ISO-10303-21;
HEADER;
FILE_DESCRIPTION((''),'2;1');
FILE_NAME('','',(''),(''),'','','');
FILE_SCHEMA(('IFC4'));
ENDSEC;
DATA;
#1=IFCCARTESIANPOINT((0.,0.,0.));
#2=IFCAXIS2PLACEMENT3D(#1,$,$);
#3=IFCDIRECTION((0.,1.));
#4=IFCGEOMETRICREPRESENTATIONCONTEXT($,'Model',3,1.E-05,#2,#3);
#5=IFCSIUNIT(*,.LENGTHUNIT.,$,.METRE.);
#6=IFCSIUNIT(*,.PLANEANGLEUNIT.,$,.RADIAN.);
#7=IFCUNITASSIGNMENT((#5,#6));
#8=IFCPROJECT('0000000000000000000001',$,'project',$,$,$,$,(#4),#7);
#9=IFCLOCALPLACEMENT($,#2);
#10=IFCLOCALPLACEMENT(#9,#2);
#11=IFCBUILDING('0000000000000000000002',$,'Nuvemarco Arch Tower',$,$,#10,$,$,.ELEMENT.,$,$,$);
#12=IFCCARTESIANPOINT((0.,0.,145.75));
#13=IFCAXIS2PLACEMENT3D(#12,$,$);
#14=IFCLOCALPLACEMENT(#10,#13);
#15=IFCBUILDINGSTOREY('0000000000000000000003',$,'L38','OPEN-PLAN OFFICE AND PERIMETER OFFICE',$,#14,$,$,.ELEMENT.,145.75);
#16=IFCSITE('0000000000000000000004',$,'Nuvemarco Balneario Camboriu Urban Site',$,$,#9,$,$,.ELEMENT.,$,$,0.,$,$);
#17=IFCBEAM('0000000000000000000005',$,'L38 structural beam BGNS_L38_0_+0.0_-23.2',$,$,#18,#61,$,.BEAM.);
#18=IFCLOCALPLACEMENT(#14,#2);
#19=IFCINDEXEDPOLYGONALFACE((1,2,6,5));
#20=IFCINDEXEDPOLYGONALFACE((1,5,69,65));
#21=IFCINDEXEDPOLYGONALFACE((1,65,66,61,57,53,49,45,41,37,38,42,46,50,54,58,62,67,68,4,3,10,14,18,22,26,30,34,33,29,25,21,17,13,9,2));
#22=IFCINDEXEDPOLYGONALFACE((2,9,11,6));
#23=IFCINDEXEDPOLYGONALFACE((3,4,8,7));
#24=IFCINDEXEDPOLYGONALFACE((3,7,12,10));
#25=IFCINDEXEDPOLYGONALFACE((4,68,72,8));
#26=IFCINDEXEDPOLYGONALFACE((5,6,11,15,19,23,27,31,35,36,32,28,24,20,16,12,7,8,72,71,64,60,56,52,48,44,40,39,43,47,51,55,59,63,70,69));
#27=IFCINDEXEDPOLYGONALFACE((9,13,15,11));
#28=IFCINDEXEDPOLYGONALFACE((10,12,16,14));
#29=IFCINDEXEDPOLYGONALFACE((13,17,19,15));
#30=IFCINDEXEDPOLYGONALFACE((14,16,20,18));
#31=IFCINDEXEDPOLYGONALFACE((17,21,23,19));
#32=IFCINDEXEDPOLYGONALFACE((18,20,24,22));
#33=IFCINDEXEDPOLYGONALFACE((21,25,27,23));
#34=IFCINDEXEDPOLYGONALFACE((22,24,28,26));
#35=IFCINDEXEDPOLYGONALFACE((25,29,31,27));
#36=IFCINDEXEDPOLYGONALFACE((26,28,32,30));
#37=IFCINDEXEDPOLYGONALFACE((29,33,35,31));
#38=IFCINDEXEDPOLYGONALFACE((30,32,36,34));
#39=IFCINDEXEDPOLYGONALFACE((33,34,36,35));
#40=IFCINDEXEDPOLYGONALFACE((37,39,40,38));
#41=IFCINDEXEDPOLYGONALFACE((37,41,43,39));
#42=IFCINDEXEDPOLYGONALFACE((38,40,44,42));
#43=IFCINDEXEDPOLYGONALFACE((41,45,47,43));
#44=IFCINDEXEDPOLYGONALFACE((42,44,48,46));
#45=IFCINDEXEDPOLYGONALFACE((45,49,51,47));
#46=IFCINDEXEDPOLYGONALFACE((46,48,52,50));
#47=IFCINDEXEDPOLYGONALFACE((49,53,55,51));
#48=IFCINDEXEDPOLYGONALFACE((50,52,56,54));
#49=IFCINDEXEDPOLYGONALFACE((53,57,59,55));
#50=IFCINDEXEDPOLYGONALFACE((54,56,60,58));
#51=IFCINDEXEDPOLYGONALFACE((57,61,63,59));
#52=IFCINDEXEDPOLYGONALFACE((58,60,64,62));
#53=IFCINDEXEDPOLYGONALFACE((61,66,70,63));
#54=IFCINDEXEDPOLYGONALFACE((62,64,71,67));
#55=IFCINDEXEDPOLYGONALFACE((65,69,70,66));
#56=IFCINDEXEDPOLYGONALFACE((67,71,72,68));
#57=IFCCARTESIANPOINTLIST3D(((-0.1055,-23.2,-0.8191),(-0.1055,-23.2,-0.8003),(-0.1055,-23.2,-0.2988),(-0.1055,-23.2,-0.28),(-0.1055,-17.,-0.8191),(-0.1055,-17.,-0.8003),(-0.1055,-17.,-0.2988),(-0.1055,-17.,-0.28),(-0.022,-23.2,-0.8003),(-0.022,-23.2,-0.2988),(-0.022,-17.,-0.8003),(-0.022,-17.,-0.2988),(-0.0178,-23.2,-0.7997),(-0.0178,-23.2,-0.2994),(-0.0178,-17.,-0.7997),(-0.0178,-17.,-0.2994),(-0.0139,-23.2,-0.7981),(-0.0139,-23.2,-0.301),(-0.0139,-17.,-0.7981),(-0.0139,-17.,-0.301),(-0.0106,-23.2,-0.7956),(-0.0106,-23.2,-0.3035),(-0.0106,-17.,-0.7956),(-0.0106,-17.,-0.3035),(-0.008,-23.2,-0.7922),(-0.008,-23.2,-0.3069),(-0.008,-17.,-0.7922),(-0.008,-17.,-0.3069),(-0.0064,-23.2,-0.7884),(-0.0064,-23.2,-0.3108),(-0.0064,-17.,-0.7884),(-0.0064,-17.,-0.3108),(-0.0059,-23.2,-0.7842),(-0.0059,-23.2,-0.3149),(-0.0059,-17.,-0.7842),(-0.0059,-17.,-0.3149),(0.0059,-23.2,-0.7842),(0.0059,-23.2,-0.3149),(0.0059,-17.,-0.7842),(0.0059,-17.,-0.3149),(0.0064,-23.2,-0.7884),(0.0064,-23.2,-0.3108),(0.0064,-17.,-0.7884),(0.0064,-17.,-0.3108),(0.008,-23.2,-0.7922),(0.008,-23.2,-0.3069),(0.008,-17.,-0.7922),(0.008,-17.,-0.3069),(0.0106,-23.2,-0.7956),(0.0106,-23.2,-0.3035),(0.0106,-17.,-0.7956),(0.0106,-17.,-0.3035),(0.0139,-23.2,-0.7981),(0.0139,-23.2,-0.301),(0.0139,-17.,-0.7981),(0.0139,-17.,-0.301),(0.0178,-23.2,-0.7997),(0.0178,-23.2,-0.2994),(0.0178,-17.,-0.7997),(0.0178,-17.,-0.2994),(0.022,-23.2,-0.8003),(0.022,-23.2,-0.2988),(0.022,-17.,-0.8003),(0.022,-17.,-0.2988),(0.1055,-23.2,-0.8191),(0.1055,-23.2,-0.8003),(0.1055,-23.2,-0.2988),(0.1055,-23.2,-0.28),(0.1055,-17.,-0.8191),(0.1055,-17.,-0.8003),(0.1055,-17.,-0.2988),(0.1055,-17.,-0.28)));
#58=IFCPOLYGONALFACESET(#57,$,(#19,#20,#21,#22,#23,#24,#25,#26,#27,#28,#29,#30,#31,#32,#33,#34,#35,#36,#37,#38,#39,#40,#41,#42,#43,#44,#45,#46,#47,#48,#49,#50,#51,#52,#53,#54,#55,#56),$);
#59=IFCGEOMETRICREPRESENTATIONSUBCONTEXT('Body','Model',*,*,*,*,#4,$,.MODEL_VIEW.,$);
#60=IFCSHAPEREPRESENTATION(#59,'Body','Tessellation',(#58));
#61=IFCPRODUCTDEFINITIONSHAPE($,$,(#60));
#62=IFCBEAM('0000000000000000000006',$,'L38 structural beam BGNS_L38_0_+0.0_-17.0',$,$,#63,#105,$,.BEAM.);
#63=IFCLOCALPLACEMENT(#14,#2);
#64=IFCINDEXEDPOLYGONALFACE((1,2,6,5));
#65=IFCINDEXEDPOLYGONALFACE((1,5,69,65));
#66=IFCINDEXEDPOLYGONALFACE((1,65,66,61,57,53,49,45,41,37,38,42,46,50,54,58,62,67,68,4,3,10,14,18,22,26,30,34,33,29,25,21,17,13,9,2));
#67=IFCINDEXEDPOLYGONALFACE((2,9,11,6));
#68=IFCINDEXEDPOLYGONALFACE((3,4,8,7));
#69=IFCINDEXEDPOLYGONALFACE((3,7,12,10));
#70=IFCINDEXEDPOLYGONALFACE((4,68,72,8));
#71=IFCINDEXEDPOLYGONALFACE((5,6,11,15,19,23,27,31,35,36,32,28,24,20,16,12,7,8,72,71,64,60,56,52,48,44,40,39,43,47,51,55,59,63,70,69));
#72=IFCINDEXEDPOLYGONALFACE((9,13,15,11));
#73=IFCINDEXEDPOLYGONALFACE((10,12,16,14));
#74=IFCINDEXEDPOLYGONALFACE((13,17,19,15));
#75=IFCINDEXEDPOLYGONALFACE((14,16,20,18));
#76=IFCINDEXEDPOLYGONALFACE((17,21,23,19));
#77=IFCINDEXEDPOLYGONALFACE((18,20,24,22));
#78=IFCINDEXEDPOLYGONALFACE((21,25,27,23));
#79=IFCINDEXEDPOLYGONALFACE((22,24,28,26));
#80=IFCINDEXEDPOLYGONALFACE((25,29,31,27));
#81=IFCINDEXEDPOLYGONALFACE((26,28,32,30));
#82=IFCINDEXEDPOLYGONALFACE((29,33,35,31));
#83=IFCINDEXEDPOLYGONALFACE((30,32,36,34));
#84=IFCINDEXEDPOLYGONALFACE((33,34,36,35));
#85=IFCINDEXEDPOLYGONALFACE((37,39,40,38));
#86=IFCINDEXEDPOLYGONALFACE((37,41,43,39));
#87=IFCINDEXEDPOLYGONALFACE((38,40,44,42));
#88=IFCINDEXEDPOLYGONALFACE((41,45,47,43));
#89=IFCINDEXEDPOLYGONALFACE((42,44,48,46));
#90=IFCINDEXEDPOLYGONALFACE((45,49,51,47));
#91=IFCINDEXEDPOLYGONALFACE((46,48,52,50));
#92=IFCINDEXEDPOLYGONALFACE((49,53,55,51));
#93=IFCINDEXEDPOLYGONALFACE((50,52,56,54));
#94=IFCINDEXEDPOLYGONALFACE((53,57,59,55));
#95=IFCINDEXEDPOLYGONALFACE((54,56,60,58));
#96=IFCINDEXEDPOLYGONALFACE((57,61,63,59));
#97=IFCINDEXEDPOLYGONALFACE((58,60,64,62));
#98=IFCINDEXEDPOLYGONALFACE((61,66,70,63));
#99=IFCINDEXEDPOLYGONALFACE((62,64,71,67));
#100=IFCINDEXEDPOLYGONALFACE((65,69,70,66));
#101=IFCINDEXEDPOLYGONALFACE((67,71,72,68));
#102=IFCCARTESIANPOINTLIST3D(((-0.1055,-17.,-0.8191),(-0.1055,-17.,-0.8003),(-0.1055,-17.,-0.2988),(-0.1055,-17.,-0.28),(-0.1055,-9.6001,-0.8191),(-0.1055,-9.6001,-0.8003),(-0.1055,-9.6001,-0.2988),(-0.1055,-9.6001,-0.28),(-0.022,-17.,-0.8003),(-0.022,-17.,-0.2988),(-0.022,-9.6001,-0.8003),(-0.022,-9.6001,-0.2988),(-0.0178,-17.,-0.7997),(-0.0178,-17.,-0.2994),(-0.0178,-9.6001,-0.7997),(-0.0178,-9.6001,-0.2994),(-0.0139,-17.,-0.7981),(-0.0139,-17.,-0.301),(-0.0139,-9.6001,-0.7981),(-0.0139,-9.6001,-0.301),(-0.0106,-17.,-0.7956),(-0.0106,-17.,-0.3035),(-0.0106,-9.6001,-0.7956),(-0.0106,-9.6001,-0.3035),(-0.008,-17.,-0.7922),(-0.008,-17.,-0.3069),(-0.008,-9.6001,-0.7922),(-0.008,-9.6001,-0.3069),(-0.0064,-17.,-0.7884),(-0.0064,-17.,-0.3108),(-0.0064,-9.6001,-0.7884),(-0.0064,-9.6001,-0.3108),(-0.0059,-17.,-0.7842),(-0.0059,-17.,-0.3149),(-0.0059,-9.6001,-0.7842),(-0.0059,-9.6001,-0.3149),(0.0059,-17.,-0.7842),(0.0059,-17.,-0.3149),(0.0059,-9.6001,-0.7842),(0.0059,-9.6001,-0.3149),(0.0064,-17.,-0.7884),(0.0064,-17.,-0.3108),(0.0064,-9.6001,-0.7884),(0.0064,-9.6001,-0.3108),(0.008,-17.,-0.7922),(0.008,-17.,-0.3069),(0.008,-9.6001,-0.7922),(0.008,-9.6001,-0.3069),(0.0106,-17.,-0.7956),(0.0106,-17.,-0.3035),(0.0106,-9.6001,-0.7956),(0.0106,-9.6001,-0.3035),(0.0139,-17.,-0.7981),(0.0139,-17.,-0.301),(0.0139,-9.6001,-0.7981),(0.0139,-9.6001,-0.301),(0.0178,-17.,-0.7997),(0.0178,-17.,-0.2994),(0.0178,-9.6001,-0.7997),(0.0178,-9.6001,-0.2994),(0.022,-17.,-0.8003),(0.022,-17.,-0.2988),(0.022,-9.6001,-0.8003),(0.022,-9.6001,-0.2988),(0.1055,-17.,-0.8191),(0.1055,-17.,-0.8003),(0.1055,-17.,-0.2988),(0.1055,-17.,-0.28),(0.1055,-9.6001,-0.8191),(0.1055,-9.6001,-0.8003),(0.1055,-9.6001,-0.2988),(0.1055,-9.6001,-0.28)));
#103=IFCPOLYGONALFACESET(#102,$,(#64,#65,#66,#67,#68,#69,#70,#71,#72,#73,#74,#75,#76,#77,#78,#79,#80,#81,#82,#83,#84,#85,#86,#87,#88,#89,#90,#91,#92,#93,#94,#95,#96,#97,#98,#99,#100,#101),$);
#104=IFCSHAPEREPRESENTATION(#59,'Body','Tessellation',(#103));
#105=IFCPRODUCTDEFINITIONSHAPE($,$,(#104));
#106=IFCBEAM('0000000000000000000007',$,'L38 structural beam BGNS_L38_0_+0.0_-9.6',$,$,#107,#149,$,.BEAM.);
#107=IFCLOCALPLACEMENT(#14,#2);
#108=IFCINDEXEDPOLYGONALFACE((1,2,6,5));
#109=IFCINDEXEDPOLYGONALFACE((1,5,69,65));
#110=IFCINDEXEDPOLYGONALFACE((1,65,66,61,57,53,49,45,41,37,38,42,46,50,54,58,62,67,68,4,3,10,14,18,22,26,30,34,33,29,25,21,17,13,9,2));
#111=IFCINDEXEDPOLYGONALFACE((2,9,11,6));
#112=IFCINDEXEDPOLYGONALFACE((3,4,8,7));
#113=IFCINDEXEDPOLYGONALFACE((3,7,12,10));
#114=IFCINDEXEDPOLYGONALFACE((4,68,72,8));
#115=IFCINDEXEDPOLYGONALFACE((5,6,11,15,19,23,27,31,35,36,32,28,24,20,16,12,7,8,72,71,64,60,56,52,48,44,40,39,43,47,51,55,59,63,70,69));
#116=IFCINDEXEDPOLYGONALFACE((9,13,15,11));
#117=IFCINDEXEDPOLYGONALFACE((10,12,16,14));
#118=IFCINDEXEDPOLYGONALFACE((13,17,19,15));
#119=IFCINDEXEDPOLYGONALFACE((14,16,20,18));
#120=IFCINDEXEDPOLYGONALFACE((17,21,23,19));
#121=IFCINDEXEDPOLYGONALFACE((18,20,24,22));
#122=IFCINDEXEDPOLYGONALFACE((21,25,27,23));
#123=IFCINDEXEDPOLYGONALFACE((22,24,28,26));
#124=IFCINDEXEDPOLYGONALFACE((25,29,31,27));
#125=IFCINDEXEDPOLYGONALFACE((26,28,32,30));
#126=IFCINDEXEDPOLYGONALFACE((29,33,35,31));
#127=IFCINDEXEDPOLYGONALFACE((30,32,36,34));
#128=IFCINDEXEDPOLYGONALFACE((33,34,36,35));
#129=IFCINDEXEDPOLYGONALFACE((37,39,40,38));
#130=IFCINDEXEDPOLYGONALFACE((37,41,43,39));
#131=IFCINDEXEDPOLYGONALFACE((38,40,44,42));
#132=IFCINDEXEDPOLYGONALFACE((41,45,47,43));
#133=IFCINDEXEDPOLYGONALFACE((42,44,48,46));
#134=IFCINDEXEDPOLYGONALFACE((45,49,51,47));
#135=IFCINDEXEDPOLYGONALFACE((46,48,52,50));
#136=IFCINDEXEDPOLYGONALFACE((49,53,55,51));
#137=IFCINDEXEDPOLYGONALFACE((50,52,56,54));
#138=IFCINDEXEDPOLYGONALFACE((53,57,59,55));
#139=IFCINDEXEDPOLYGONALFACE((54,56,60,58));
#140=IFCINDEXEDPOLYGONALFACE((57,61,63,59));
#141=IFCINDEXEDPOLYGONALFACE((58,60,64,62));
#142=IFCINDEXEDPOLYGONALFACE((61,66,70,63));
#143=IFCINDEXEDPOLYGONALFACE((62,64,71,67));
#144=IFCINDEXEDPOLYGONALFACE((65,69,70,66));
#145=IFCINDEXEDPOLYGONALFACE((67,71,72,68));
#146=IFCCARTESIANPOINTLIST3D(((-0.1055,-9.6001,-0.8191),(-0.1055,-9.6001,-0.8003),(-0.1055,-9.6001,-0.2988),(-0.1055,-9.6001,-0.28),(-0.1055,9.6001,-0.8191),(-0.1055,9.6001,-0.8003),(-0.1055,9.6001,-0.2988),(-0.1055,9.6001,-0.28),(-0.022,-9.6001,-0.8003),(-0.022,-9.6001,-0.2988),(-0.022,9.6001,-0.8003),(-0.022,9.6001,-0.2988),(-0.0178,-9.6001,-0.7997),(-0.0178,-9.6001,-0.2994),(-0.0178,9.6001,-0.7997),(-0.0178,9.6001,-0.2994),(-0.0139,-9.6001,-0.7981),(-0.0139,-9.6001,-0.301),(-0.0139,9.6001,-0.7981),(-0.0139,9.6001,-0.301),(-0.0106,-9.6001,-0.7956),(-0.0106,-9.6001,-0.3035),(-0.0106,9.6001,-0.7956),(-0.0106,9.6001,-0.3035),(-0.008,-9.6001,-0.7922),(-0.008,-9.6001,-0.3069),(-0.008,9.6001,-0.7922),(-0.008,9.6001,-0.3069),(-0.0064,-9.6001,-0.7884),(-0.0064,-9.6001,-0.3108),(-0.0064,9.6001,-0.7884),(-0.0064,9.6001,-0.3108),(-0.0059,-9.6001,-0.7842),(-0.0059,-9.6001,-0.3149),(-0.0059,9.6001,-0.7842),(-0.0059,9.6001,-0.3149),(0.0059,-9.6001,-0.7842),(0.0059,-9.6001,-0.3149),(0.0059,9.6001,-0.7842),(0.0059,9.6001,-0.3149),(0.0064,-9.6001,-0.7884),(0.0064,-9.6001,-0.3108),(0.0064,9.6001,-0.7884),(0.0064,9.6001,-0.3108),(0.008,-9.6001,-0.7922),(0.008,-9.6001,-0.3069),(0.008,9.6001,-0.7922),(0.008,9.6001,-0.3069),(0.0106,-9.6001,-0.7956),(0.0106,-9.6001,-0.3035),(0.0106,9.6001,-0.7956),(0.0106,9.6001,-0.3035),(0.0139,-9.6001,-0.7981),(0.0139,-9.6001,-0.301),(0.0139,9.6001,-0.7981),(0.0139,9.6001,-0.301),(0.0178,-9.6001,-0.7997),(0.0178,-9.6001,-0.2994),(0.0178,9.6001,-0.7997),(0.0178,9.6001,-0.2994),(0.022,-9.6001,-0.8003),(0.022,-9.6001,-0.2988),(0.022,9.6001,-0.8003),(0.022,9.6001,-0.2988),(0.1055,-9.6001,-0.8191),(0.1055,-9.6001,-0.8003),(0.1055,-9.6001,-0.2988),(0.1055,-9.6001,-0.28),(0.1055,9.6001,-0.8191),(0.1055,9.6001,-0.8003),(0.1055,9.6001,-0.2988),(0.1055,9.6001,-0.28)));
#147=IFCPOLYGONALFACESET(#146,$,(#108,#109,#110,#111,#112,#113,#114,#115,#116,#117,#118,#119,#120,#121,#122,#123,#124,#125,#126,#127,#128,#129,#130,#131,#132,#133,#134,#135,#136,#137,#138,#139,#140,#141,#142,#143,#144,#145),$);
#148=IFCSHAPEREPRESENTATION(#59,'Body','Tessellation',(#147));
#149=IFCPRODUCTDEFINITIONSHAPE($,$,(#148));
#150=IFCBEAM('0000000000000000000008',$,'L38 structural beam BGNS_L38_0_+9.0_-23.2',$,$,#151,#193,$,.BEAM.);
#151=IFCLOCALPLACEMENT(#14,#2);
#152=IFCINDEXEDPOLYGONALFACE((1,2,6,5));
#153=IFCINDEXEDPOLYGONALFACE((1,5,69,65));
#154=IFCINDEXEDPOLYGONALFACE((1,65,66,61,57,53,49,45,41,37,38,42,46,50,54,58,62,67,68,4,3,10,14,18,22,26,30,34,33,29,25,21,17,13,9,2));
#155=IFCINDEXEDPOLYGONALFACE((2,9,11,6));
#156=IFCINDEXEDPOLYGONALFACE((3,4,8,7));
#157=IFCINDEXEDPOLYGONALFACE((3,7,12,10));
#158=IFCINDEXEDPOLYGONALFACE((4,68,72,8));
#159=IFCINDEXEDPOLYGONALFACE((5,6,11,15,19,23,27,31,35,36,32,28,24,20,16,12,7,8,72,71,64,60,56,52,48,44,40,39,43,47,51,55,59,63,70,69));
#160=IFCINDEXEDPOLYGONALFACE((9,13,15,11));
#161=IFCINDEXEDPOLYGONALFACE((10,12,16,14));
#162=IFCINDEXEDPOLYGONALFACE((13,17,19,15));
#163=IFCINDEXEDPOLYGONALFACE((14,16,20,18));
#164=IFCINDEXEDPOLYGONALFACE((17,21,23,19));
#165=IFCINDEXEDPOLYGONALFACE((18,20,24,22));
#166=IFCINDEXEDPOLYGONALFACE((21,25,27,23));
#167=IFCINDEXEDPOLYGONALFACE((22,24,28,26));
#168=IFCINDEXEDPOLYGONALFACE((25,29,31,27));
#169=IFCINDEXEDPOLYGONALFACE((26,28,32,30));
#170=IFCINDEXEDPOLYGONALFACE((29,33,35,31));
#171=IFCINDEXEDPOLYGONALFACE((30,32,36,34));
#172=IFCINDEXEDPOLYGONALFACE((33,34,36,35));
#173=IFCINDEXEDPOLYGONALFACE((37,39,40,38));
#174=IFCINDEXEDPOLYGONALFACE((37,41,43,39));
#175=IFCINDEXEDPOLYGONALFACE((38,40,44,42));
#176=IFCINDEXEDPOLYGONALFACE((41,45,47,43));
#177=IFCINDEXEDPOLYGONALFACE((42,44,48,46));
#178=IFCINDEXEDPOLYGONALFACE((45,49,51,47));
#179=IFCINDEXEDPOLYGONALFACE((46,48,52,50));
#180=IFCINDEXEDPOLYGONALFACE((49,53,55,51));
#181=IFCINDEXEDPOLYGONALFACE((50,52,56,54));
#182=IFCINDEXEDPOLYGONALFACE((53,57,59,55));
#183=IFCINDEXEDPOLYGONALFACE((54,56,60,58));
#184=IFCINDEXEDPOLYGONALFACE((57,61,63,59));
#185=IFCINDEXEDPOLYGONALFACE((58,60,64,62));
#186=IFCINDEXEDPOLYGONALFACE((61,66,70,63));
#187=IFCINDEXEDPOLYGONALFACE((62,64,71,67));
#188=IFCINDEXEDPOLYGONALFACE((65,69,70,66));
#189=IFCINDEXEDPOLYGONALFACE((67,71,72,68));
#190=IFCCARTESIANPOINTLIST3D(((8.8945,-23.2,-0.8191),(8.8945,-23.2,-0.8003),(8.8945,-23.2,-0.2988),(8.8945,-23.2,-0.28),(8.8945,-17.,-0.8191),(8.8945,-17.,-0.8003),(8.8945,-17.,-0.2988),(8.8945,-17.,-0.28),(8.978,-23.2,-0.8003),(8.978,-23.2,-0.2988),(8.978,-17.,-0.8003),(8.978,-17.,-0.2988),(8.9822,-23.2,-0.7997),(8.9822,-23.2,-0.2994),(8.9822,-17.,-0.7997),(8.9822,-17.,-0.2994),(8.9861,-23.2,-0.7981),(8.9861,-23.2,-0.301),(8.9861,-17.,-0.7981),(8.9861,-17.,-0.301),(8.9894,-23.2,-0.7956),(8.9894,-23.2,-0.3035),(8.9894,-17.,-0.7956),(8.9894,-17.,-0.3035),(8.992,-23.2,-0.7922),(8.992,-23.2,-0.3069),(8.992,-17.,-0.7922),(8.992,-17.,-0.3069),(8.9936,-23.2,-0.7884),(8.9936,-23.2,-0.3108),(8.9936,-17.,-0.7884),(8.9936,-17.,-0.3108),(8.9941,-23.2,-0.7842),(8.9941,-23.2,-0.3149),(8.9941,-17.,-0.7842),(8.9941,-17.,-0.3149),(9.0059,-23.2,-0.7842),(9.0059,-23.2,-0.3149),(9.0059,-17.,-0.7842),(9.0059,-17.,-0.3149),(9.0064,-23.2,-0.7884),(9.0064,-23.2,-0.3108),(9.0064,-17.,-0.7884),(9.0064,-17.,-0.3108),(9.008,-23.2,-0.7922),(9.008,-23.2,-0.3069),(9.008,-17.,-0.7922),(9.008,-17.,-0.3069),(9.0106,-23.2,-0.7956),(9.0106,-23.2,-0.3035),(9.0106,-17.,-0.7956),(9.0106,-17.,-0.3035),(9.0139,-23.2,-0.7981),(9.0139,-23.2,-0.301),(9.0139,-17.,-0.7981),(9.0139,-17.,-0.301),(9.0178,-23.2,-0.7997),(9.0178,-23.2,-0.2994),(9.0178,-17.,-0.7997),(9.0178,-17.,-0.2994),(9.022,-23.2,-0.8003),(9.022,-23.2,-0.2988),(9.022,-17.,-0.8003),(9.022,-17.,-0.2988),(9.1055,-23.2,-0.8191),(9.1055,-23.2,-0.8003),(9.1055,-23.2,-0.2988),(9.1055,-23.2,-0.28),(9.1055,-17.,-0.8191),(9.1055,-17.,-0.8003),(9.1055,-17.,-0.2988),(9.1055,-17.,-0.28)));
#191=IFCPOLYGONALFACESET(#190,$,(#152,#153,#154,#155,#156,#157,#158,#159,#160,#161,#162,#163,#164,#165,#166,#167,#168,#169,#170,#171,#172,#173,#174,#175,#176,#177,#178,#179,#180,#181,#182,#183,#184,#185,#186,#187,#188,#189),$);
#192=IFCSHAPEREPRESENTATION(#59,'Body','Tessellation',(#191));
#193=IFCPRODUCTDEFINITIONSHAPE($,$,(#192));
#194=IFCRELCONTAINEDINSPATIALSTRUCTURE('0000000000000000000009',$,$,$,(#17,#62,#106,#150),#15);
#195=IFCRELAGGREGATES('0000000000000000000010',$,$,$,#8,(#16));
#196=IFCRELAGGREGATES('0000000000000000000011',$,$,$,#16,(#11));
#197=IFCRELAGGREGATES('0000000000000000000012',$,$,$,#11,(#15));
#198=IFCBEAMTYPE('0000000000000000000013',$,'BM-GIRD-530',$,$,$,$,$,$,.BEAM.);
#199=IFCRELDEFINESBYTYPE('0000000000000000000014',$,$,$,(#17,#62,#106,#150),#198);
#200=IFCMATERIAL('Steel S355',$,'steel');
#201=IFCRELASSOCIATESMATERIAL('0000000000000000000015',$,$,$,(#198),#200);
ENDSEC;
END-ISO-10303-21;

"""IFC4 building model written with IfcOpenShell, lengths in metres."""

from ifc_helpers import new_model, si_unit, direction, frame, origin, origin_2d, place, context, subcontext, project, spatial, i_section, extrude, material, material_profile, profile_set, type_object, element, save


model = new_model("IFC4")

# Units and contexts
model_context = context("Model", 3, precision=1e-05, world=origin(), true_north=direction((0.0, 1.0)))
body_context = subcontext(model_context, "Body", "Model", "MODEL_VIEW")
ifc_project = project(units=[si_unit("LENGTHUNIT", "METRE"), si_unit("PLANEANGLEUNIT", "RADIAN")], contexts=[model_context])

# Site, building, storey
site_placement = place(None, origin())
site = spatial("IfcSite", under=ifc_project, at=site_placement, Name="Nuvemarco Balneario Camboriu Urban Site", CompositionType="ELEMENT", RefElevation=0.0)
building_placement = place(site_placement, origin())
building = spatial("IfcBuilding", under=site, at=building_placement, Name="Nuvemarco Arch Tower", CompositionType="ELEMENT")
storey_placement = place(building_placement, frame((0.0, 0.0, 145.75)))
storey = spatial("IfcBuildingStorey", under=building, at=storey_placement, Name="L38", Description="OPEN-PLAN OFFICE AND PERIMETER OFFICE", CompositionType="ELEMENT", Elevation=145.75)

# Shared definitions
ifc_material_1 = material(Name="Steel S355", Category="steel")

# Beams
ifc_material_profile_1 = material_profile(ifc_material_1, i_section(OverallWidth=0.2109, OverallDepth=0.5391, WebThickness=0.0117, FlangeThickness=0.0188, FilletRadius=0.0161, at=origin_2d()), Name="W530x109")
ifc_profile_set_1 = profile_set([ifc_material_profile_1], Name="Steel S355")
beam_type_1 = type_object("IfcBeamType", Name="BM-GIRD-530", PredefinedType="BEAM", material=ifc_profile_set_1)
beam_1_placement = place(storey_placement, frame((0.0, -23.2, -0.5496), z_axis=(0.0, 1.0, 0.0), x_axis=(-1.0, 0.0, 0.0)))
element("IfcBeam", 1, at=beam_1_placement, inside=storey, type_object=beam_type_1, Name="L38 structural beam BGNS_L38_0_+0.0_-23.2", PredefinedType="BEAM", context=body_context, shape_type="SweptSolid", body=[
    extrude(i_section(OverallWidth=0.2109, OverallDepth=0.5391, WebThickness=0.0117, FlangeThickness=0.0188, FilletRadius=0.0161, at=origin_2d()), origin(), (0.0, 0.0, 1.0), 6.2),
])
beam_2_placement = place(storey_placement, frame((0.0, -17.0, -0.5496), z_axis=(0.0, 1.0, 0.0), x_axis=(-1.0, 0.0, 0.0)))
element("IfcBeam", 2, at=beam_2_placement, inside=storey, type_object=beam_type_1, Name="L38 structural beam BGNS_L38_0_+0.0_-17.0", PredefinedType="BEAM", context=body_context, shape_type="SweptSolid", body=[
    extrude(i_section(OverallWidth=0.2109, OverallDepth=0.5391, WebThickness=0.0117, FlangeThickness=0.0188, FilletRadius=0.0161, at=origin_2d()), origin(), (0.0, 0.0, 1.0), 7.3999),
])
beam_3_placement = place(storey_placement, frame((0.0, -9.6001, -0.5496), z_axis=(0.0, 1.0, 0.0), x_axis=(-1.0, 0.0, 0.0)))
element("IfcBeam", 3, at=beam_3_placement, inside=storey, type_object=beam_type_1, Name="L38 structural beam BGNS_L38_0_+0.0_-9.6", PredefinedType="BEAM", context=body_context, shape_type="SweptSolid", body=[
    extrude(i_section(OverallWidth=0.2109, OverallDepth=0.5391, WebThickness=0.0117, FlangeThickness=0.0188, FilletRadius=0.0161, at=origin_2d()), origin(), (0.0, 0.0, 1.0), 19.2002),
])
beam_4_placement = place(storey_placement, frame((9.0, -23.2, -0.5496), z_axis=(0.0, 1.0, 0.0), x_axis=(-1.0, 0.0, 0.0)))
element("IfcBeam", 4, at=beam_4_placement, inside=storey, type_object=beam_type_1, Name="L38 structural beam BGNS_L38_0_+9.0_-23.2", PredefinedType="BEAM", context=body_context, shape_type="SweptSolid", body=[
    extrude(i_section(OverallWidth=0.2109, OverallDepth=0.5391, WebThickness=0.0117, FlangeThickness=0.0188, FilletRadius=0.0161, at=origin_2d()), origin(), (0.0, 0.0, 1.0), 6.2),
])

save(model, "model.ifc")
